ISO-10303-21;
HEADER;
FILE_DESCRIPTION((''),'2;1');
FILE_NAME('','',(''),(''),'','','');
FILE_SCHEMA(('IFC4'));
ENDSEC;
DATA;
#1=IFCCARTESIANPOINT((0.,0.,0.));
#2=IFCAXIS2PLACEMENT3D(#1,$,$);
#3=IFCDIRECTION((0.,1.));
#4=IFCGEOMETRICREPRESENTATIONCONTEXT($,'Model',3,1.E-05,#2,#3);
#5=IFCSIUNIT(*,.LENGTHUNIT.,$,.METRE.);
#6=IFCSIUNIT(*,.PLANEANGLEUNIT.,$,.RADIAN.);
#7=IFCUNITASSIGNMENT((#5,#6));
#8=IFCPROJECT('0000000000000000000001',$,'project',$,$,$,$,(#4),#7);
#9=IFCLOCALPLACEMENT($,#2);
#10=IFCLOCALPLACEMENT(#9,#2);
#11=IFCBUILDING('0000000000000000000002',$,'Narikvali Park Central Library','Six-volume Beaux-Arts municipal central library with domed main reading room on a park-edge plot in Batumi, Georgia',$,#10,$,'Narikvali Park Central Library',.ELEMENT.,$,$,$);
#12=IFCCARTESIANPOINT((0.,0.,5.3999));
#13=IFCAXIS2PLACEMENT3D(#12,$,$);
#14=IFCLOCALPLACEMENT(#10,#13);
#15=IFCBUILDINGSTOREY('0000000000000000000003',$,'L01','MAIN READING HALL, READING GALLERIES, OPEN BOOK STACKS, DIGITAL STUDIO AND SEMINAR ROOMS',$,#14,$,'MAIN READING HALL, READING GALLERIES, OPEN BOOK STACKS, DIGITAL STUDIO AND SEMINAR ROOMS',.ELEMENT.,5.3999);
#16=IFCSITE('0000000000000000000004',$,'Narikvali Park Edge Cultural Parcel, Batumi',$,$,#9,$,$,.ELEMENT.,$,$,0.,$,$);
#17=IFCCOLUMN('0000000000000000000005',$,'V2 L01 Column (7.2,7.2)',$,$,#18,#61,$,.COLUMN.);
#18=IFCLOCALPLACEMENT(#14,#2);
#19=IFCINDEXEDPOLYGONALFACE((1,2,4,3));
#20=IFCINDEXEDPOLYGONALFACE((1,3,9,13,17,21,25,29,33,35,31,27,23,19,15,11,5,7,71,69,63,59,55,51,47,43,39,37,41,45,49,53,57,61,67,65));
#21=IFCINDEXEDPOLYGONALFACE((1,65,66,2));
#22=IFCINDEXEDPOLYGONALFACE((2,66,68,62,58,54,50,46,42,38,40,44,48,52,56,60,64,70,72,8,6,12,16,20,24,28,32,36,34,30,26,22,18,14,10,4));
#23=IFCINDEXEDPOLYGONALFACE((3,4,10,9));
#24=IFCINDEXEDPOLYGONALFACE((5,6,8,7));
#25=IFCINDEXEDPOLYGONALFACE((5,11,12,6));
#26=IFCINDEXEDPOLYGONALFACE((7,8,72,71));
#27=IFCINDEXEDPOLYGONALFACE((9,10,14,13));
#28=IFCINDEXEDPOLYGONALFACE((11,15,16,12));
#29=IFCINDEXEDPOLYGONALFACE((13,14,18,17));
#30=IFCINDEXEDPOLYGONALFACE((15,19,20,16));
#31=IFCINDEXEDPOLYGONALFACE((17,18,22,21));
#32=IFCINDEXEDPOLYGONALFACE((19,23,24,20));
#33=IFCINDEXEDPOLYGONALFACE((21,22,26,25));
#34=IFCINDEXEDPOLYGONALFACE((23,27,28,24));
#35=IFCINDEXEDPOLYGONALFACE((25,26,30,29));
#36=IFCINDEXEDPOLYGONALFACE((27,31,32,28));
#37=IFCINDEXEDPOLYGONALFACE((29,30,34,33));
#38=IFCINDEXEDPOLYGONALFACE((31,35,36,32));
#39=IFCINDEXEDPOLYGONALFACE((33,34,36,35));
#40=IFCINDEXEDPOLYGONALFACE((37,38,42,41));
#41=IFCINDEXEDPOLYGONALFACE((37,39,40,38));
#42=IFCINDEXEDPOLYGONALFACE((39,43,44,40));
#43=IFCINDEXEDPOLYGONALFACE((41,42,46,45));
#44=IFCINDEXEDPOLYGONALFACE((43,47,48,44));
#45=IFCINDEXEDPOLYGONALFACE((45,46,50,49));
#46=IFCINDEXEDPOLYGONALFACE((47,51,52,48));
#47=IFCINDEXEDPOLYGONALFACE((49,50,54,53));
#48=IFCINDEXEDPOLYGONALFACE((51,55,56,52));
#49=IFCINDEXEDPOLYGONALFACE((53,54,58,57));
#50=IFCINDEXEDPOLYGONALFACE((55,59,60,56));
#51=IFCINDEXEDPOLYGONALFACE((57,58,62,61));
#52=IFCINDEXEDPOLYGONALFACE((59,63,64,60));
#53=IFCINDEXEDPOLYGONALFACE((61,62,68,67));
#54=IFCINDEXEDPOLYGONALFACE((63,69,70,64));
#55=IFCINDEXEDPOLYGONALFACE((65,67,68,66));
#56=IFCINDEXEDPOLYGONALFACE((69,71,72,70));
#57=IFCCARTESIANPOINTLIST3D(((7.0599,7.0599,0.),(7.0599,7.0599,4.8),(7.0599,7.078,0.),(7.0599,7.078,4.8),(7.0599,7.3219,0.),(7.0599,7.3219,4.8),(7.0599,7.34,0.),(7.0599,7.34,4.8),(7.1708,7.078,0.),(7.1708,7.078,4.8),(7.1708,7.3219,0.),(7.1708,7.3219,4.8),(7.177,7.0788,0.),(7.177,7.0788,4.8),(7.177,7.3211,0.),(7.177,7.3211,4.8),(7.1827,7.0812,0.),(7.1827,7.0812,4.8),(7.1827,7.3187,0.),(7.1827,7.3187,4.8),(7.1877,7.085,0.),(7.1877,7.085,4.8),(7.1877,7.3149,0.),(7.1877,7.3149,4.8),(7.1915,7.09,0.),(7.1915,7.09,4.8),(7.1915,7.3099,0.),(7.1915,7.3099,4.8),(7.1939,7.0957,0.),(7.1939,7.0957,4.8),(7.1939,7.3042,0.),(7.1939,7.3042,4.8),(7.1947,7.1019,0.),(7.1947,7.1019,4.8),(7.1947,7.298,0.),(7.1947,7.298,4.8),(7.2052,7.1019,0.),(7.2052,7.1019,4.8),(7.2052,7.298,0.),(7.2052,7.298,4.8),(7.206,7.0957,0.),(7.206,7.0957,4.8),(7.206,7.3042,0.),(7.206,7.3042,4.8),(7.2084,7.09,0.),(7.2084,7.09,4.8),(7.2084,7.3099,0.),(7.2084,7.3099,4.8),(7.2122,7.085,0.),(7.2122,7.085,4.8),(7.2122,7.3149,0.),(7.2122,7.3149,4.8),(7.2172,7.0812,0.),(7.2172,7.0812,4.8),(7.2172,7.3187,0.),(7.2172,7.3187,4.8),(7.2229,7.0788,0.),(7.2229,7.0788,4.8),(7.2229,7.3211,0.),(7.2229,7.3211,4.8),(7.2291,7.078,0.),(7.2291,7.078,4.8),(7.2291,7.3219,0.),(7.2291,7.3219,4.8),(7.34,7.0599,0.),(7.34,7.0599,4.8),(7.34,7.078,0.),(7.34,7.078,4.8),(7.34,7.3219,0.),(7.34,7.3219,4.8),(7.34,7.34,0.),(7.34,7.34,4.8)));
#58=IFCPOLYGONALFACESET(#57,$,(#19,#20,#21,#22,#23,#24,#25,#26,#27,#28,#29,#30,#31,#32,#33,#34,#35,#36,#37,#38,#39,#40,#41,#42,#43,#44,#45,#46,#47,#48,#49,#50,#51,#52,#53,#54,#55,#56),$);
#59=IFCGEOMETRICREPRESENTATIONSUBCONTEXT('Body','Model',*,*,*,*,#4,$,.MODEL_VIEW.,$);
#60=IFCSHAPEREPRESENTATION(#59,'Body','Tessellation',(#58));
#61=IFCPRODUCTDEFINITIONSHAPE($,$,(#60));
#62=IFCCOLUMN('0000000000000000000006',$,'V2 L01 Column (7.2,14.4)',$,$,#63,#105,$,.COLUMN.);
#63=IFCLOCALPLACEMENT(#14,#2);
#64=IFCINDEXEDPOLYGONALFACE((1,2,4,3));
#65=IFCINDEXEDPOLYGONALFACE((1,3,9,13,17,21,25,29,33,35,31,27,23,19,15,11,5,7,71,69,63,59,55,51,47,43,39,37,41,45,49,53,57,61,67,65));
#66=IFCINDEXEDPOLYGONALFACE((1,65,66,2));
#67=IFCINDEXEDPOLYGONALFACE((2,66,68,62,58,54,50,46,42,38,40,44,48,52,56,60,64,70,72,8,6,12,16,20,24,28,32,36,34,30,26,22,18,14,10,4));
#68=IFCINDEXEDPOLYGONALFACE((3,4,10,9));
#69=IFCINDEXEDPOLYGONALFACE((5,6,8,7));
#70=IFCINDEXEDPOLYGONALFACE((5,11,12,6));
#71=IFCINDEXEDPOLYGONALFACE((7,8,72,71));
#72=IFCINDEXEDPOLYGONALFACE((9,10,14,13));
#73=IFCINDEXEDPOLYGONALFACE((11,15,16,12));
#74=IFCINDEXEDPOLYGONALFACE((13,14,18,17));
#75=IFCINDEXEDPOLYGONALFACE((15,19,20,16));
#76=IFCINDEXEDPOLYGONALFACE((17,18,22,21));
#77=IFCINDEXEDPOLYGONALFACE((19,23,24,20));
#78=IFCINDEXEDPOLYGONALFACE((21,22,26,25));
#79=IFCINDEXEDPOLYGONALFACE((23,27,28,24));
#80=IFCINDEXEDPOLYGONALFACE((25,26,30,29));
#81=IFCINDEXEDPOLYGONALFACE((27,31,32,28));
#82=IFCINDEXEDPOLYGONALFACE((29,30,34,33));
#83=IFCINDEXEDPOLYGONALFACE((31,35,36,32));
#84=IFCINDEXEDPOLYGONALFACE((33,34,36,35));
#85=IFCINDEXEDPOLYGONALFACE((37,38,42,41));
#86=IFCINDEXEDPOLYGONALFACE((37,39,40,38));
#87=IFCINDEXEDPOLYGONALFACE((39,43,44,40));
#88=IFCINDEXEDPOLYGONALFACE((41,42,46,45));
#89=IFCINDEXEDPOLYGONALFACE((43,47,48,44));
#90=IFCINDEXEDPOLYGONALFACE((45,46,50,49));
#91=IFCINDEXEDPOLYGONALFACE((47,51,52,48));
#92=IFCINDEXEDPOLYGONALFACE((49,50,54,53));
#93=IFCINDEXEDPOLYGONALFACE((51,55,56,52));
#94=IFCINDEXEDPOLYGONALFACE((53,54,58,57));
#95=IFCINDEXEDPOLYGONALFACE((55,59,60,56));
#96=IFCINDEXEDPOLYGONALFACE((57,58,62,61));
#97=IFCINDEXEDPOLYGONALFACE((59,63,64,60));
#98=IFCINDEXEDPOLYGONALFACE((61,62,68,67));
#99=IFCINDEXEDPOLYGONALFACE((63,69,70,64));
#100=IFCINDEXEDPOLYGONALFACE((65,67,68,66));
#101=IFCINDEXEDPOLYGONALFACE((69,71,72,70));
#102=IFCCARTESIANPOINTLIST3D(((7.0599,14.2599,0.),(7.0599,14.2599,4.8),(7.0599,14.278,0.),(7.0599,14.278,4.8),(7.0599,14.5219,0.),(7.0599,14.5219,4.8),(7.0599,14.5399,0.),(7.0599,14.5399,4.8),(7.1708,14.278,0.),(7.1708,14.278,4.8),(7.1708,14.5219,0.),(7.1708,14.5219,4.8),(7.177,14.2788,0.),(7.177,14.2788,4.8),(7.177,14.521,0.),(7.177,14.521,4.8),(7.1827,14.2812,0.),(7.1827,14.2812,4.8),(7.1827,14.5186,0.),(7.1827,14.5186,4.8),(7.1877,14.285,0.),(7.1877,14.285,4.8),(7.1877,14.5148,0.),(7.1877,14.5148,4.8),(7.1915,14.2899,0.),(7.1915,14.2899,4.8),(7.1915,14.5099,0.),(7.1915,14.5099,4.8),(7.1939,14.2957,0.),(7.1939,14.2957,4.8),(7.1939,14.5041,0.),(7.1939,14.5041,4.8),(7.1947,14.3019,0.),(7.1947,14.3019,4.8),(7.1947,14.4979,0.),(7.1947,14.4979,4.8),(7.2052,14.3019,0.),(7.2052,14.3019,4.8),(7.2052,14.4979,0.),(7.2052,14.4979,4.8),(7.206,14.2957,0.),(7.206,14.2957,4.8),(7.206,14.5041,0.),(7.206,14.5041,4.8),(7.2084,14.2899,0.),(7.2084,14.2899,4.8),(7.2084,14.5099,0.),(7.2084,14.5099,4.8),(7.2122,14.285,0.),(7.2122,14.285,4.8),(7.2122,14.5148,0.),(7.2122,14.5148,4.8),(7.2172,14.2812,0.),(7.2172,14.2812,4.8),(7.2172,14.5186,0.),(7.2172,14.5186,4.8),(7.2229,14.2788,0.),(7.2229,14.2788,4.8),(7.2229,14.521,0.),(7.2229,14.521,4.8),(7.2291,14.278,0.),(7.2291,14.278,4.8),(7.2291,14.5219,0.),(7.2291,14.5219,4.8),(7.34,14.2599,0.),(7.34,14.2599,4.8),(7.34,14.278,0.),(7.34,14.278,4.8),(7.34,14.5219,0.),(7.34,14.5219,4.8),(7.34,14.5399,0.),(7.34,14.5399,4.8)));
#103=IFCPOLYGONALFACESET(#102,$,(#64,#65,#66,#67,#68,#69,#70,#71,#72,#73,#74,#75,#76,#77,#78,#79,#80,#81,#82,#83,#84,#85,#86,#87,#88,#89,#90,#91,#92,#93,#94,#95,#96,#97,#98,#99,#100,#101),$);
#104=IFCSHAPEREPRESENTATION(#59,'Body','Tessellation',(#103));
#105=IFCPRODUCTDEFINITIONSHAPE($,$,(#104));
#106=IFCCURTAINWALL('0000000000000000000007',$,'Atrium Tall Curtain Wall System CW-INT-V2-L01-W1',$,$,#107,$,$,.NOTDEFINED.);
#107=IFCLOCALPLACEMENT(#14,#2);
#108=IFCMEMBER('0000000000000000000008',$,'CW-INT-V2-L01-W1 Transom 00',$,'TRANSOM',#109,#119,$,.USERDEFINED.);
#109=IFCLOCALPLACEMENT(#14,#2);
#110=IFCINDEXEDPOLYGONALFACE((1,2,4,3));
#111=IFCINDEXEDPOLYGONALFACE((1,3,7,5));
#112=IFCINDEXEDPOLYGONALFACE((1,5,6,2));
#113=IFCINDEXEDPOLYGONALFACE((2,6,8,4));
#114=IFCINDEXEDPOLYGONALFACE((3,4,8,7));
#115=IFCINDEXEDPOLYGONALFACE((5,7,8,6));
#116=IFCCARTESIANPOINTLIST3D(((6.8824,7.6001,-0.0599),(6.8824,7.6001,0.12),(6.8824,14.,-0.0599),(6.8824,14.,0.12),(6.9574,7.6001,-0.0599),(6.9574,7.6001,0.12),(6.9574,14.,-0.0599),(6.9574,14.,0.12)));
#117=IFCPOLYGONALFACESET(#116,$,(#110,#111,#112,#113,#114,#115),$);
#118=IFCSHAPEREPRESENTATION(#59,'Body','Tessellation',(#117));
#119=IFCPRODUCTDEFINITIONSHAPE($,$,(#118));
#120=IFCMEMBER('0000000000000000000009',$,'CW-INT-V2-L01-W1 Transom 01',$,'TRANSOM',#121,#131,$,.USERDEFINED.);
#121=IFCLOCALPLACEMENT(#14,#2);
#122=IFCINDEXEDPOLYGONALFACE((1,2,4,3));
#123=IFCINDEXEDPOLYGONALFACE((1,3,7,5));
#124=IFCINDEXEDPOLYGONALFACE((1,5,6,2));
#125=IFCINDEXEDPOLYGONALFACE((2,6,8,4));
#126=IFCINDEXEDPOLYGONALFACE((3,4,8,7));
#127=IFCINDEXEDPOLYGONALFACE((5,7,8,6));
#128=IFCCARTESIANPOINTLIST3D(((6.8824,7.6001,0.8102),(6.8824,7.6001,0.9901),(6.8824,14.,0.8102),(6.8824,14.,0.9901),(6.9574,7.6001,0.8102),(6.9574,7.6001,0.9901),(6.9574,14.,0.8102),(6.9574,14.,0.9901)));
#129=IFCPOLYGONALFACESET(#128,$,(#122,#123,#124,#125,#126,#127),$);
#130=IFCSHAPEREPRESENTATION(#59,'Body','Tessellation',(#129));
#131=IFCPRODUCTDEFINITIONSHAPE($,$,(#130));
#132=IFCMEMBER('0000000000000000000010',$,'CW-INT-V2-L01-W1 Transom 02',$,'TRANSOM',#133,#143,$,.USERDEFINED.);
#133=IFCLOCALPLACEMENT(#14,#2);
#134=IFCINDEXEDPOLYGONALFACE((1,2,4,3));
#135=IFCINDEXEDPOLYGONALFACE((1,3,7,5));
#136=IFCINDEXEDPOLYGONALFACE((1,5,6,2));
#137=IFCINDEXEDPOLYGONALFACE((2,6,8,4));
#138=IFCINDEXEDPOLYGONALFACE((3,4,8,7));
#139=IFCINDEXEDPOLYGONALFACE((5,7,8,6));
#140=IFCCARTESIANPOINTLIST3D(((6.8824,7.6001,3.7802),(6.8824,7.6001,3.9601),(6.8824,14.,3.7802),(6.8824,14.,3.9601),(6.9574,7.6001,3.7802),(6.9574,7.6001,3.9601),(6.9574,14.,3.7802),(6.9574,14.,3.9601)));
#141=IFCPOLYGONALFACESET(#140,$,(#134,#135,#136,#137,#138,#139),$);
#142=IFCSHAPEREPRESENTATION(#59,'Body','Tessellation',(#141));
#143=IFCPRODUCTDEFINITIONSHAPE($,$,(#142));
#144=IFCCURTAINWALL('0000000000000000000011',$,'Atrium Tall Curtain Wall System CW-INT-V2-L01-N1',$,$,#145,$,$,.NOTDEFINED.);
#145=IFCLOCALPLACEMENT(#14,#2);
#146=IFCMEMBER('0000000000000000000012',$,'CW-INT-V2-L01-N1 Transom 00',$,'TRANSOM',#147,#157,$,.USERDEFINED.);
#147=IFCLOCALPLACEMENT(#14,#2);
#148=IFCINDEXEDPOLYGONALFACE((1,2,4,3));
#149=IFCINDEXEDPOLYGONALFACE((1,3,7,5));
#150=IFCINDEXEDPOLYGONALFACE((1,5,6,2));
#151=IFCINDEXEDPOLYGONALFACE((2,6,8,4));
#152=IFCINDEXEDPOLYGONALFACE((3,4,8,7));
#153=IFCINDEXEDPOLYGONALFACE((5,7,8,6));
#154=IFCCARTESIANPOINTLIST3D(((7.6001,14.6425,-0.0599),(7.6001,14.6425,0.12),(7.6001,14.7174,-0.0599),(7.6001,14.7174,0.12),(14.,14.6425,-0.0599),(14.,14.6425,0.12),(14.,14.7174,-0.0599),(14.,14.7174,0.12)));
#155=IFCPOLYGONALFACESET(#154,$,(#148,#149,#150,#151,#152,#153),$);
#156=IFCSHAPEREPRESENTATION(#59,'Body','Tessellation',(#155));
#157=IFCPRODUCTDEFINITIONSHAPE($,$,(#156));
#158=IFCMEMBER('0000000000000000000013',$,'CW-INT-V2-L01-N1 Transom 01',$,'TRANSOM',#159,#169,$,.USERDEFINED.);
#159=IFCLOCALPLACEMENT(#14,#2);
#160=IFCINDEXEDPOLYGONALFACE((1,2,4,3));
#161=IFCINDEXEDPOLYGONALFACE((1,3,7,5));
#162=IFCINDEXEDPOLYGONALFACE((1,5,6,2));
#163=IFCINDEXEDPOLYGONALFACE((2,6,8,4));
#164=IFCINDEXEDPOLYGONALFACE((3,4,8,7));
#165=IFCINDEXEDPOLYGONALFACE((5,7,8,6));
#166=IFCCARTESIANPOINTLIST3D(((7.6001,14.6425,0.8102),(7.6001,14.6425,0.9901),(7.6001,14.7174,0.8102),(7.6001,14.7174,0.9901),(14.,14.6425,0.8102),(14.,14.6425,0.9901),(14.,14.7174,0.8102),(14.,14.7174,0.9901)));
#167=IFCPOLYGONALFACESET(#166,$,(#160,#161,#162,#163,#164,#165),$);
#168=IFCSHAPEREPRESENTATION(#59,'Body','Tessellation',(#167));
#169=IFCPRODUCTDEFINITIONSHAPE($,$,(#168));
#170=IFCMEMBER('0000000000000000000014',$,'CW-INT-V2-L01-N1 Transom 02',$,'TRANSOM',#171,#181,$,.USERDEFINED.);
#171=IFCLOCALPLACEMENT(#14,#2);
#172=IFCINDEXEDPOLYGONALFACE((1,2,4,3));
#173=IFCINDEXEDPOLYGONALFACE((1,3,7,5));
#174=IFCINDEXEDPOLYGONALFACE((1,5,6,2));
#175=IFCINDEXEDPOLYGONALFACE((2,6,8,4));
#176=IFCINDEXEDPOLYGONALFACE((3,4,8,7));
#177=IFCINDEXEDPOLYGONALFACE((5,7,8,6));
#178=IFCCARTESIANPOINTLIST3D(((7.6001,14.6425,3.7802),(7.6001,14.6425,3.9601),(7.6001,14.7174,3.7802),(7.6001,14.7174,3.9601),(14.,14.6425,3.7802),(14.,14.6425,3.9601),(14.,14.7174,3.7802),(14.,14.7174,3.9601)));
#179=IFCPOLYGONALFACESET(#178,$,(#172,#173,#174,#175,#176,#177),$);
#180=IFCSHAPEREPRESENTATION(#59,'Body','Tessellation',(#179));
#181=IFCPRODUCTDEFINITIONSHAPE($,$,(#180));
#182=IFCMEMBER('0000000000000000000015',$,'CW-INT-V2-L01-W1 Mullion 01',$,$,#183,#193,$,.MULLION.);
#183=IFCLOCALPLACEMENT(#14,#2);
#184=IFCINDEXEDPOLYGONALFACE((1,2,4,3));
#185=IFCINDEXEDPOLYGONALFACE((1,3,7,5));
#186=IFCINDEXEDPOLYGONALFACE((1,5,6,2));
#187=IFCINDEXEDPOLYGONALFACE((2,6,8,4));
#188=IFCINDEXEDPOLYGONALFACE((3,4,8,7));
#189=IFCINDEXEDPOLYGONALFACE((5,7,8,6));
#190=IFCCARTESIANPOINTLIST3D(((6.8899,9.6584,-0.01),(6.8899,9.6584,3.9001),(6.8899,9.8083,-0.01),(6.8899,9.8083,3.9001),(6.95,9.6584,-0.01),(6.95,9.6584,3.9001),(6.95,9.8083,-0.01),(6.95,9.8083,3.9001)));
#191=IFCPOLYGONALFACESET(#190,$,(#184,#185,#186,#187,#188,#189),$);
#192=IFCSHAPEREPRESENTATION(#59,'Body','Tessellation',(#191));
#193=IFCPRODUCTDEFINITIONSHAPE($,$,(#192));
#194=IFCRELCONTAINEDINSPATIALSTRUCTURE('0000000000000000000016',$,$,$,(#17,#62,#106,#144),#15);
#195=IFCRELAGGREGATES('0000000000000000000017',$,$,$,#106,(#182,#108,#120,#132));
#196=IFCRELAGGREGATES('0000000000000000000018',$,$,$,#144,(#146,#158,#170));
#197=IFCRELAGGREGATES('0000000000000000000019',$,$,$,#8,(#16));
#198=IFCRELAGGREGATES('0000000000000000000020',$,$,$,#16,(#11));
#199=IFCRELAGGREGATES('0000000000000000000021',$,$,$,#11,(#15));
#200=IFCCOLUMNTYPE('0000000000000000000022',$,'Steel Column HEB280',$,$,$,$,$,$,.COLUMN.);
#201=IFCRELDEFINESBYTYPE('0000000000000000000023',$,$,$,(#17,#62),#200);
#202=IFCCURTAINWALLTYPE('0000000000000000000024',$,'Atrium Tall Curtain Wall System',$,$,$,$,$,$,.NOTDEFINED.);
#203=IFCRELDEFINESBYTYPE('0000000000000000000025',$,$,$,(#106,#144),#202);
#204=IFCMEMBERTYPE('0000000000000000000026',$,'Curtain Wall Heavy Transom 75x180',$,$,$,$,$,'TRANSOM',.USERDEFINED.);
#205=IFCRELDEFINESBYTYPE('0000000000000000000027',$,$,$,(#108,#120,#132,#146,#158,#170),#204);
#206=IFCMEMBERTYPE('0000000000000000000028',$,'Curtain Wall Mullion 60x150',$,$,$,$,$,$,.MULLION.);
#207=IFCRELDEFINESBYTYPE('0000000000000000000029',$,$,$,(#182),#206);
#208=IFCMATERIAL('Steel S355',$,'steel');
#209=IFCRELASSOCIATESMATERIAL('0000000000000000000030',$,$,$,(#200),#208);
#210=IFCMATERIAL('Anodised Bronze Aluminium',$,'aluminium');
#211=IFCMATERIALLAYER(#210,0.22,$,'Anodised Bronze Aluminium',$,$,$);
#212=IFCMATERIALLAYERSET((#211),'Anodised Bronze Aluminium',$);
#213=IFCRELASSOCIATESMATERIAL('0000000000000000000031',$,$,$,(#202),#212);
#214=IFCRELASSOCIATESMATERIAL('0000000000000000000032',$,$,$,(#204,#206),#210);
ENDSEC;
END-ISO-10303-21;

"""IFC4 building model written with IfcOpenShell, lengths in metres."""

from ifc_helpers import new_model, si_unit, direction, frame, origin, origin_2d, place, context, subcontext, project, spatial, rectangle, i_section, extrude, material, layer, layer_set, material_profile, profile_set, type_object, element, aggregate, save


model = new_model("IFC4")

# Units and contexts
model_context = context("Model", 3, precision=1e-05, world=origin(), true_north=direction((0.0, 1.0)))
body_context = subcontext(model_context, "Body", "Model", "MODEL_VIEW")
ifc_project = project(units=[si_unit("LENGTHUNIT", "METRE"), si_unit("PLANEANGLEUNIT", "RADIAN")], contexts=[model_context])

# Site, building, storey
site_placement = place(None, origin())
site = spatial("IfcSite", under=ifc_project, at=site_placement, Name="Narikvali Park Edge Cultural Parcel, Batumi", CompositionType="ELEMENT", RefElevation=0.0)
building_placement = place(site_placement, origin())
building = spatial("IfcBuilding", under=site, at=building_placement, Name="Narikvali Park Central Library", Description="Six-volume Beaux-Arts municipal central library with domed main reading room on a park-edge plot in Batumi, Georgia", LongName="Narikvali Park Central Library", CompositionType="ELEMENT")
storey_placement = place(building_placement, frame((0.0, 0.0, 5.3999)))
storey = spatial("IfcBuildingStorey", under=building, at=storey_placement, Name="L01", Description="MAIN READING HALL, READING GALLERIES, OPEN BOOK STACKS, DIGITAL STUDIO AND SEMINAR ROOMS", LongName="MAIN READING HALL, READING GALLERIES, OPEN BOOK STACKS, DIGITAL STUDIO AND SEMINAR ROOMS", CompositionType="ELEMENT", Elevation=5.3999)

# Columns
ifc_material_1 = material(Name="Steel S355", Category="steel")
ifc_material_profile_1 = material_profile(ifc_material_1, i_section(OverallWidth=0.28, OverallDepth=0.28, WebThickness=0.0105, FlangeThickness=0.0181, FilletRadius=0.0239, at=origin_2d()), Name="HEB 280")
ifc_profile_set_1 = profile_set([ifc_material_profile_1], Name="Steel S355")
column_type = type_object("IfcColumnType", Name="Steel Column HEB280", PredefinedType="COLUMN", material=ifc_profile_set_1)
for number, where, z_axis, x_axis, name in (
    (1, (7.2, 7.2, 0.0), (0.0, 0.0, 1.0), (1.0, 0.0, 0.0), "V2 L01 Column (7.2,7.2)"),
    (2, (7.2, 14.3999, 0.0), (0.0, 0.0, 1.0), (1.0, 0.0, 0.0), "V2 L01 Column (7.2,14.4)"),
):
    element("IfcColumn", number, at=place(storey_placement, frame(where, z_axis=z_axis, x_axis=x_axis)), inside=storey, type_object=column_type, Name=name, PredefinedType="COLUMN", context=body_context, shape_type="SweptSolid", body=[
        extrude(i_section(OverallWidth=0.28, OverallDepth=0.28, WebThickness=0.0105, FlangeThickness=0.0181, FilletRadius=0.0239, at=origin_2d()), origin(), (0.0, 0.0, 1.0), 4.8),
    ])

# Curtain walls, members
ifc_material_2 = material(Name="Anodised Bronze Aluminium", Category="aluminium")
ifc_layer_1 = layer(ifc_material_2, 0.22, Name="Anodised Bronze Aluminium")
ifc_layer_set_1 = layer_set([ifc_layer_1], Name="Anodised Bronze Aluminium")
curtain_wall_type = type_object("IfcCurtainWallType", Name="Atrium Tall Curtain Wall System", PredefinedType="NOTDEFINED", material=ifc_layer_set_1)
curtain_wall_1_placement = place(storey_placement, origin())
curtain_wall_1 = element("IfcCurtainWall", 3, at=curtain_wall_1_placement, inside=storey, type_object=curtain_wall_type, Name="Atrium Tall Curtain Wall System CW-INT-V2-L01-W1", PredefinedType="NOTDEFINED")
ifc_material_profile_2 = material_profile(ifc_material_2, rectangle(XDim=0.075, YDim=0.1799, at=origin_2d()), Name="CW TRANSOM 75x180")
ifc_profile_set_2 = profile_set([ifc_material_profile_2], Name="Anodised Bronze Aluminium")
member_type_1 = type_object("IfcMemberType", Name="Curtain Wall Heavy Transom 75x180", ElementType="TRANSOM", PredefinedType="USERDEFINED", material=ifc_profile_set_2)
member_1_placement = place(storey_placement, frame((6.9199, 7.6001, 0.03), z_axis=(0.0, 1.0, 0.0), x_axis=(-1.0, 0.0, 0.0)))
member_1 = element("IfcMember", 4, at=member_1_placement, type_object=member_type_1, Name="CW-INT-V2-L01-W1 Transom 00", ObjectType="TRANSOM", PredefinedType="USERDEFINED", context=body_context, shape_type="SweptSolid", body=[
    extrude(rectangle(XDim=0.075, YDim=0.1799, at=origin_2d()), origin(), (0.0, 0.0, 1.0), 6.3999),
])
member_2_placement = place(storey_placement, frame((6.9199, 7.6001, 0.9001), z_axis=(0.0, 1.0, 0.0), x_axis=(-1.0, 0.0, 0.0)))
member_2 = element("IfcMember", 5, at=member_2_placement, type_object=member_type_1, Name="CW-INT-V2-L01-W1 Transom 01", ObjectType="TRANSOM", PredefinedType="USERDEFINED", context=body_context, shape_type="SweptSolid", body=[
    extrude(rectangle(XDim=0.075, YDim=0.1799, at=origin_2d()), origin(), (0.0, 0.0, 1.0), 6.3999),
])
member_3_placement = place(storey_placement, frame((6.9199, 7.6001, 3.8701), z_axis=(0.0, 1.0, 0.0), x_axis=(-1.0, 0.0, 0.0)))
member_3 = element("IfcMember", 6, at=member_3_placement, type_object=member_type_1, Name="CW-INT-V2-L01-W1 Transom 02", ObjectType="TRANSOM", PredefinedType="USERDEFINED", context=body_context, shape_type="SweptSolid", body=[
    extrude(rectangle(XDim=0.075, YDim=0.1799, at=origin_2d()), origin(), (0.0, 0.0, 1.0), 6.3999),
])
curtain_wall_2_placement = place(storey_placement, origin())
curtain_wall_2 = element("IfcCurtainWall", 7, at=curtain_wall_2_placement, inside=storey, type_object=curtain_wall_type, Name="Atrium Tall Curtain Wall System CW-INT-V2-L01-N1", PredefinedType="NOTDEFINED")
member_4_placement = place(storey_placement, frame((7.6001, 14.6799, 0.03), z_axis=(1.0, 0.0, 0.0), x_axis=(0.0, 1.0, 0.0)))
member_4 = element("IfcMember", 8, at=member_4_placement, type_object=member_type_1, Name="CW-INT-V2-L01-N1 Transom 00", ObjectType="TRANSOM", PredefinedType="USERDEFINED", context=body_context, shape_type="SweptSolid", body=[
    extrude(rectangle(XDim=0.075, YDim=0.1799, at=origin_2d()), origin(), (0.0, 0.0, 1.0), 6.3999),
])
member_5_placement = place(storey_placement, frame((7.6001, 14.6799, 0.9001), z_axis=(1.0, 0.0, 0.0), x_axis=(0.0, 1.0, 0.0)))
member_5 = element("IfcMember", 9, at=member_5_placement, type_object=member_type_1, Name="CW-INT-V2-L01-N1 Transom 01", ObjectType="TRANSOM", PredefinedType="USERDEFINED", context=body_context, shape_type="SweptSolid", body=[
    extrude(rectangle(XDim=0.075, YDim=0.1799, at=origin_2d()), origin(), (0.0, 0.0, 1.0), 6.3999),
])
member_6_placement = place(storey_placement, frame((7.6001, 14.6799, 3.8701), z_axis=(1.0, 0.0, 0.0), x_axis=(0.0, 1.0, 0.0)))
member_6 = element("IfcMember", 10, at=member_6_placement, type_object=member_type_1, Name="CW-INT-V2-L01-N1 Transom 02", ObjectType="TRANSOM", PredefinedType="USERDEFINED", context=body_context, shape_type="SweptSolid", body=[
    extrude(rectangle(XDim=0.075, YDim=0.1799, at=origin_2d()), origin(), (0.0, 0.0, 1.0), 6.3999),
])

# Member
ifc_material_profile_3 = material_profile(ifc_material_2, rectangle(XDim=0.0601, YDim=0.1499, at=origin_2d()), Name="CW MULLION 60x150")
ifc_profile_set_3 = profile_set([ifc_material_profile_3], Name="Anodised Bronze Aluminium")
member_type_2 = type_object("IfcMemberType", Name="Curtain Wall Mullion 60x150", PredefinedType="MULLION", material=ifc_profile_set_3)
member_7_placement = place(storey_placement, frame((6.9199, 9.7334, -0.01), z_axis=(0.0, 0.0, 1.0), x_axis=(1.0, 0.0, 0.0)))
member_7 = element("IfcMember", 11, at=member_7_placement, type_object=member_type_2, Name="CW-INT-V2-L01-W1 Mullion 01", PredefinedType="MULLION", context=body_context, shape_type="SweptSolid", body=[
    extrude(rectangle(XDim=0.0601, YDim=0.1499, at=origin_2d()), origin(), (0.0, 0.0, 1.0), 3.9102),
])

aggregate(curtain_wall_1, [member_7, member_1, member_2, member_3])
aggregate(curtain_wall_2, [member_4, member_5, member_6])

save(model, "model.ifc")
